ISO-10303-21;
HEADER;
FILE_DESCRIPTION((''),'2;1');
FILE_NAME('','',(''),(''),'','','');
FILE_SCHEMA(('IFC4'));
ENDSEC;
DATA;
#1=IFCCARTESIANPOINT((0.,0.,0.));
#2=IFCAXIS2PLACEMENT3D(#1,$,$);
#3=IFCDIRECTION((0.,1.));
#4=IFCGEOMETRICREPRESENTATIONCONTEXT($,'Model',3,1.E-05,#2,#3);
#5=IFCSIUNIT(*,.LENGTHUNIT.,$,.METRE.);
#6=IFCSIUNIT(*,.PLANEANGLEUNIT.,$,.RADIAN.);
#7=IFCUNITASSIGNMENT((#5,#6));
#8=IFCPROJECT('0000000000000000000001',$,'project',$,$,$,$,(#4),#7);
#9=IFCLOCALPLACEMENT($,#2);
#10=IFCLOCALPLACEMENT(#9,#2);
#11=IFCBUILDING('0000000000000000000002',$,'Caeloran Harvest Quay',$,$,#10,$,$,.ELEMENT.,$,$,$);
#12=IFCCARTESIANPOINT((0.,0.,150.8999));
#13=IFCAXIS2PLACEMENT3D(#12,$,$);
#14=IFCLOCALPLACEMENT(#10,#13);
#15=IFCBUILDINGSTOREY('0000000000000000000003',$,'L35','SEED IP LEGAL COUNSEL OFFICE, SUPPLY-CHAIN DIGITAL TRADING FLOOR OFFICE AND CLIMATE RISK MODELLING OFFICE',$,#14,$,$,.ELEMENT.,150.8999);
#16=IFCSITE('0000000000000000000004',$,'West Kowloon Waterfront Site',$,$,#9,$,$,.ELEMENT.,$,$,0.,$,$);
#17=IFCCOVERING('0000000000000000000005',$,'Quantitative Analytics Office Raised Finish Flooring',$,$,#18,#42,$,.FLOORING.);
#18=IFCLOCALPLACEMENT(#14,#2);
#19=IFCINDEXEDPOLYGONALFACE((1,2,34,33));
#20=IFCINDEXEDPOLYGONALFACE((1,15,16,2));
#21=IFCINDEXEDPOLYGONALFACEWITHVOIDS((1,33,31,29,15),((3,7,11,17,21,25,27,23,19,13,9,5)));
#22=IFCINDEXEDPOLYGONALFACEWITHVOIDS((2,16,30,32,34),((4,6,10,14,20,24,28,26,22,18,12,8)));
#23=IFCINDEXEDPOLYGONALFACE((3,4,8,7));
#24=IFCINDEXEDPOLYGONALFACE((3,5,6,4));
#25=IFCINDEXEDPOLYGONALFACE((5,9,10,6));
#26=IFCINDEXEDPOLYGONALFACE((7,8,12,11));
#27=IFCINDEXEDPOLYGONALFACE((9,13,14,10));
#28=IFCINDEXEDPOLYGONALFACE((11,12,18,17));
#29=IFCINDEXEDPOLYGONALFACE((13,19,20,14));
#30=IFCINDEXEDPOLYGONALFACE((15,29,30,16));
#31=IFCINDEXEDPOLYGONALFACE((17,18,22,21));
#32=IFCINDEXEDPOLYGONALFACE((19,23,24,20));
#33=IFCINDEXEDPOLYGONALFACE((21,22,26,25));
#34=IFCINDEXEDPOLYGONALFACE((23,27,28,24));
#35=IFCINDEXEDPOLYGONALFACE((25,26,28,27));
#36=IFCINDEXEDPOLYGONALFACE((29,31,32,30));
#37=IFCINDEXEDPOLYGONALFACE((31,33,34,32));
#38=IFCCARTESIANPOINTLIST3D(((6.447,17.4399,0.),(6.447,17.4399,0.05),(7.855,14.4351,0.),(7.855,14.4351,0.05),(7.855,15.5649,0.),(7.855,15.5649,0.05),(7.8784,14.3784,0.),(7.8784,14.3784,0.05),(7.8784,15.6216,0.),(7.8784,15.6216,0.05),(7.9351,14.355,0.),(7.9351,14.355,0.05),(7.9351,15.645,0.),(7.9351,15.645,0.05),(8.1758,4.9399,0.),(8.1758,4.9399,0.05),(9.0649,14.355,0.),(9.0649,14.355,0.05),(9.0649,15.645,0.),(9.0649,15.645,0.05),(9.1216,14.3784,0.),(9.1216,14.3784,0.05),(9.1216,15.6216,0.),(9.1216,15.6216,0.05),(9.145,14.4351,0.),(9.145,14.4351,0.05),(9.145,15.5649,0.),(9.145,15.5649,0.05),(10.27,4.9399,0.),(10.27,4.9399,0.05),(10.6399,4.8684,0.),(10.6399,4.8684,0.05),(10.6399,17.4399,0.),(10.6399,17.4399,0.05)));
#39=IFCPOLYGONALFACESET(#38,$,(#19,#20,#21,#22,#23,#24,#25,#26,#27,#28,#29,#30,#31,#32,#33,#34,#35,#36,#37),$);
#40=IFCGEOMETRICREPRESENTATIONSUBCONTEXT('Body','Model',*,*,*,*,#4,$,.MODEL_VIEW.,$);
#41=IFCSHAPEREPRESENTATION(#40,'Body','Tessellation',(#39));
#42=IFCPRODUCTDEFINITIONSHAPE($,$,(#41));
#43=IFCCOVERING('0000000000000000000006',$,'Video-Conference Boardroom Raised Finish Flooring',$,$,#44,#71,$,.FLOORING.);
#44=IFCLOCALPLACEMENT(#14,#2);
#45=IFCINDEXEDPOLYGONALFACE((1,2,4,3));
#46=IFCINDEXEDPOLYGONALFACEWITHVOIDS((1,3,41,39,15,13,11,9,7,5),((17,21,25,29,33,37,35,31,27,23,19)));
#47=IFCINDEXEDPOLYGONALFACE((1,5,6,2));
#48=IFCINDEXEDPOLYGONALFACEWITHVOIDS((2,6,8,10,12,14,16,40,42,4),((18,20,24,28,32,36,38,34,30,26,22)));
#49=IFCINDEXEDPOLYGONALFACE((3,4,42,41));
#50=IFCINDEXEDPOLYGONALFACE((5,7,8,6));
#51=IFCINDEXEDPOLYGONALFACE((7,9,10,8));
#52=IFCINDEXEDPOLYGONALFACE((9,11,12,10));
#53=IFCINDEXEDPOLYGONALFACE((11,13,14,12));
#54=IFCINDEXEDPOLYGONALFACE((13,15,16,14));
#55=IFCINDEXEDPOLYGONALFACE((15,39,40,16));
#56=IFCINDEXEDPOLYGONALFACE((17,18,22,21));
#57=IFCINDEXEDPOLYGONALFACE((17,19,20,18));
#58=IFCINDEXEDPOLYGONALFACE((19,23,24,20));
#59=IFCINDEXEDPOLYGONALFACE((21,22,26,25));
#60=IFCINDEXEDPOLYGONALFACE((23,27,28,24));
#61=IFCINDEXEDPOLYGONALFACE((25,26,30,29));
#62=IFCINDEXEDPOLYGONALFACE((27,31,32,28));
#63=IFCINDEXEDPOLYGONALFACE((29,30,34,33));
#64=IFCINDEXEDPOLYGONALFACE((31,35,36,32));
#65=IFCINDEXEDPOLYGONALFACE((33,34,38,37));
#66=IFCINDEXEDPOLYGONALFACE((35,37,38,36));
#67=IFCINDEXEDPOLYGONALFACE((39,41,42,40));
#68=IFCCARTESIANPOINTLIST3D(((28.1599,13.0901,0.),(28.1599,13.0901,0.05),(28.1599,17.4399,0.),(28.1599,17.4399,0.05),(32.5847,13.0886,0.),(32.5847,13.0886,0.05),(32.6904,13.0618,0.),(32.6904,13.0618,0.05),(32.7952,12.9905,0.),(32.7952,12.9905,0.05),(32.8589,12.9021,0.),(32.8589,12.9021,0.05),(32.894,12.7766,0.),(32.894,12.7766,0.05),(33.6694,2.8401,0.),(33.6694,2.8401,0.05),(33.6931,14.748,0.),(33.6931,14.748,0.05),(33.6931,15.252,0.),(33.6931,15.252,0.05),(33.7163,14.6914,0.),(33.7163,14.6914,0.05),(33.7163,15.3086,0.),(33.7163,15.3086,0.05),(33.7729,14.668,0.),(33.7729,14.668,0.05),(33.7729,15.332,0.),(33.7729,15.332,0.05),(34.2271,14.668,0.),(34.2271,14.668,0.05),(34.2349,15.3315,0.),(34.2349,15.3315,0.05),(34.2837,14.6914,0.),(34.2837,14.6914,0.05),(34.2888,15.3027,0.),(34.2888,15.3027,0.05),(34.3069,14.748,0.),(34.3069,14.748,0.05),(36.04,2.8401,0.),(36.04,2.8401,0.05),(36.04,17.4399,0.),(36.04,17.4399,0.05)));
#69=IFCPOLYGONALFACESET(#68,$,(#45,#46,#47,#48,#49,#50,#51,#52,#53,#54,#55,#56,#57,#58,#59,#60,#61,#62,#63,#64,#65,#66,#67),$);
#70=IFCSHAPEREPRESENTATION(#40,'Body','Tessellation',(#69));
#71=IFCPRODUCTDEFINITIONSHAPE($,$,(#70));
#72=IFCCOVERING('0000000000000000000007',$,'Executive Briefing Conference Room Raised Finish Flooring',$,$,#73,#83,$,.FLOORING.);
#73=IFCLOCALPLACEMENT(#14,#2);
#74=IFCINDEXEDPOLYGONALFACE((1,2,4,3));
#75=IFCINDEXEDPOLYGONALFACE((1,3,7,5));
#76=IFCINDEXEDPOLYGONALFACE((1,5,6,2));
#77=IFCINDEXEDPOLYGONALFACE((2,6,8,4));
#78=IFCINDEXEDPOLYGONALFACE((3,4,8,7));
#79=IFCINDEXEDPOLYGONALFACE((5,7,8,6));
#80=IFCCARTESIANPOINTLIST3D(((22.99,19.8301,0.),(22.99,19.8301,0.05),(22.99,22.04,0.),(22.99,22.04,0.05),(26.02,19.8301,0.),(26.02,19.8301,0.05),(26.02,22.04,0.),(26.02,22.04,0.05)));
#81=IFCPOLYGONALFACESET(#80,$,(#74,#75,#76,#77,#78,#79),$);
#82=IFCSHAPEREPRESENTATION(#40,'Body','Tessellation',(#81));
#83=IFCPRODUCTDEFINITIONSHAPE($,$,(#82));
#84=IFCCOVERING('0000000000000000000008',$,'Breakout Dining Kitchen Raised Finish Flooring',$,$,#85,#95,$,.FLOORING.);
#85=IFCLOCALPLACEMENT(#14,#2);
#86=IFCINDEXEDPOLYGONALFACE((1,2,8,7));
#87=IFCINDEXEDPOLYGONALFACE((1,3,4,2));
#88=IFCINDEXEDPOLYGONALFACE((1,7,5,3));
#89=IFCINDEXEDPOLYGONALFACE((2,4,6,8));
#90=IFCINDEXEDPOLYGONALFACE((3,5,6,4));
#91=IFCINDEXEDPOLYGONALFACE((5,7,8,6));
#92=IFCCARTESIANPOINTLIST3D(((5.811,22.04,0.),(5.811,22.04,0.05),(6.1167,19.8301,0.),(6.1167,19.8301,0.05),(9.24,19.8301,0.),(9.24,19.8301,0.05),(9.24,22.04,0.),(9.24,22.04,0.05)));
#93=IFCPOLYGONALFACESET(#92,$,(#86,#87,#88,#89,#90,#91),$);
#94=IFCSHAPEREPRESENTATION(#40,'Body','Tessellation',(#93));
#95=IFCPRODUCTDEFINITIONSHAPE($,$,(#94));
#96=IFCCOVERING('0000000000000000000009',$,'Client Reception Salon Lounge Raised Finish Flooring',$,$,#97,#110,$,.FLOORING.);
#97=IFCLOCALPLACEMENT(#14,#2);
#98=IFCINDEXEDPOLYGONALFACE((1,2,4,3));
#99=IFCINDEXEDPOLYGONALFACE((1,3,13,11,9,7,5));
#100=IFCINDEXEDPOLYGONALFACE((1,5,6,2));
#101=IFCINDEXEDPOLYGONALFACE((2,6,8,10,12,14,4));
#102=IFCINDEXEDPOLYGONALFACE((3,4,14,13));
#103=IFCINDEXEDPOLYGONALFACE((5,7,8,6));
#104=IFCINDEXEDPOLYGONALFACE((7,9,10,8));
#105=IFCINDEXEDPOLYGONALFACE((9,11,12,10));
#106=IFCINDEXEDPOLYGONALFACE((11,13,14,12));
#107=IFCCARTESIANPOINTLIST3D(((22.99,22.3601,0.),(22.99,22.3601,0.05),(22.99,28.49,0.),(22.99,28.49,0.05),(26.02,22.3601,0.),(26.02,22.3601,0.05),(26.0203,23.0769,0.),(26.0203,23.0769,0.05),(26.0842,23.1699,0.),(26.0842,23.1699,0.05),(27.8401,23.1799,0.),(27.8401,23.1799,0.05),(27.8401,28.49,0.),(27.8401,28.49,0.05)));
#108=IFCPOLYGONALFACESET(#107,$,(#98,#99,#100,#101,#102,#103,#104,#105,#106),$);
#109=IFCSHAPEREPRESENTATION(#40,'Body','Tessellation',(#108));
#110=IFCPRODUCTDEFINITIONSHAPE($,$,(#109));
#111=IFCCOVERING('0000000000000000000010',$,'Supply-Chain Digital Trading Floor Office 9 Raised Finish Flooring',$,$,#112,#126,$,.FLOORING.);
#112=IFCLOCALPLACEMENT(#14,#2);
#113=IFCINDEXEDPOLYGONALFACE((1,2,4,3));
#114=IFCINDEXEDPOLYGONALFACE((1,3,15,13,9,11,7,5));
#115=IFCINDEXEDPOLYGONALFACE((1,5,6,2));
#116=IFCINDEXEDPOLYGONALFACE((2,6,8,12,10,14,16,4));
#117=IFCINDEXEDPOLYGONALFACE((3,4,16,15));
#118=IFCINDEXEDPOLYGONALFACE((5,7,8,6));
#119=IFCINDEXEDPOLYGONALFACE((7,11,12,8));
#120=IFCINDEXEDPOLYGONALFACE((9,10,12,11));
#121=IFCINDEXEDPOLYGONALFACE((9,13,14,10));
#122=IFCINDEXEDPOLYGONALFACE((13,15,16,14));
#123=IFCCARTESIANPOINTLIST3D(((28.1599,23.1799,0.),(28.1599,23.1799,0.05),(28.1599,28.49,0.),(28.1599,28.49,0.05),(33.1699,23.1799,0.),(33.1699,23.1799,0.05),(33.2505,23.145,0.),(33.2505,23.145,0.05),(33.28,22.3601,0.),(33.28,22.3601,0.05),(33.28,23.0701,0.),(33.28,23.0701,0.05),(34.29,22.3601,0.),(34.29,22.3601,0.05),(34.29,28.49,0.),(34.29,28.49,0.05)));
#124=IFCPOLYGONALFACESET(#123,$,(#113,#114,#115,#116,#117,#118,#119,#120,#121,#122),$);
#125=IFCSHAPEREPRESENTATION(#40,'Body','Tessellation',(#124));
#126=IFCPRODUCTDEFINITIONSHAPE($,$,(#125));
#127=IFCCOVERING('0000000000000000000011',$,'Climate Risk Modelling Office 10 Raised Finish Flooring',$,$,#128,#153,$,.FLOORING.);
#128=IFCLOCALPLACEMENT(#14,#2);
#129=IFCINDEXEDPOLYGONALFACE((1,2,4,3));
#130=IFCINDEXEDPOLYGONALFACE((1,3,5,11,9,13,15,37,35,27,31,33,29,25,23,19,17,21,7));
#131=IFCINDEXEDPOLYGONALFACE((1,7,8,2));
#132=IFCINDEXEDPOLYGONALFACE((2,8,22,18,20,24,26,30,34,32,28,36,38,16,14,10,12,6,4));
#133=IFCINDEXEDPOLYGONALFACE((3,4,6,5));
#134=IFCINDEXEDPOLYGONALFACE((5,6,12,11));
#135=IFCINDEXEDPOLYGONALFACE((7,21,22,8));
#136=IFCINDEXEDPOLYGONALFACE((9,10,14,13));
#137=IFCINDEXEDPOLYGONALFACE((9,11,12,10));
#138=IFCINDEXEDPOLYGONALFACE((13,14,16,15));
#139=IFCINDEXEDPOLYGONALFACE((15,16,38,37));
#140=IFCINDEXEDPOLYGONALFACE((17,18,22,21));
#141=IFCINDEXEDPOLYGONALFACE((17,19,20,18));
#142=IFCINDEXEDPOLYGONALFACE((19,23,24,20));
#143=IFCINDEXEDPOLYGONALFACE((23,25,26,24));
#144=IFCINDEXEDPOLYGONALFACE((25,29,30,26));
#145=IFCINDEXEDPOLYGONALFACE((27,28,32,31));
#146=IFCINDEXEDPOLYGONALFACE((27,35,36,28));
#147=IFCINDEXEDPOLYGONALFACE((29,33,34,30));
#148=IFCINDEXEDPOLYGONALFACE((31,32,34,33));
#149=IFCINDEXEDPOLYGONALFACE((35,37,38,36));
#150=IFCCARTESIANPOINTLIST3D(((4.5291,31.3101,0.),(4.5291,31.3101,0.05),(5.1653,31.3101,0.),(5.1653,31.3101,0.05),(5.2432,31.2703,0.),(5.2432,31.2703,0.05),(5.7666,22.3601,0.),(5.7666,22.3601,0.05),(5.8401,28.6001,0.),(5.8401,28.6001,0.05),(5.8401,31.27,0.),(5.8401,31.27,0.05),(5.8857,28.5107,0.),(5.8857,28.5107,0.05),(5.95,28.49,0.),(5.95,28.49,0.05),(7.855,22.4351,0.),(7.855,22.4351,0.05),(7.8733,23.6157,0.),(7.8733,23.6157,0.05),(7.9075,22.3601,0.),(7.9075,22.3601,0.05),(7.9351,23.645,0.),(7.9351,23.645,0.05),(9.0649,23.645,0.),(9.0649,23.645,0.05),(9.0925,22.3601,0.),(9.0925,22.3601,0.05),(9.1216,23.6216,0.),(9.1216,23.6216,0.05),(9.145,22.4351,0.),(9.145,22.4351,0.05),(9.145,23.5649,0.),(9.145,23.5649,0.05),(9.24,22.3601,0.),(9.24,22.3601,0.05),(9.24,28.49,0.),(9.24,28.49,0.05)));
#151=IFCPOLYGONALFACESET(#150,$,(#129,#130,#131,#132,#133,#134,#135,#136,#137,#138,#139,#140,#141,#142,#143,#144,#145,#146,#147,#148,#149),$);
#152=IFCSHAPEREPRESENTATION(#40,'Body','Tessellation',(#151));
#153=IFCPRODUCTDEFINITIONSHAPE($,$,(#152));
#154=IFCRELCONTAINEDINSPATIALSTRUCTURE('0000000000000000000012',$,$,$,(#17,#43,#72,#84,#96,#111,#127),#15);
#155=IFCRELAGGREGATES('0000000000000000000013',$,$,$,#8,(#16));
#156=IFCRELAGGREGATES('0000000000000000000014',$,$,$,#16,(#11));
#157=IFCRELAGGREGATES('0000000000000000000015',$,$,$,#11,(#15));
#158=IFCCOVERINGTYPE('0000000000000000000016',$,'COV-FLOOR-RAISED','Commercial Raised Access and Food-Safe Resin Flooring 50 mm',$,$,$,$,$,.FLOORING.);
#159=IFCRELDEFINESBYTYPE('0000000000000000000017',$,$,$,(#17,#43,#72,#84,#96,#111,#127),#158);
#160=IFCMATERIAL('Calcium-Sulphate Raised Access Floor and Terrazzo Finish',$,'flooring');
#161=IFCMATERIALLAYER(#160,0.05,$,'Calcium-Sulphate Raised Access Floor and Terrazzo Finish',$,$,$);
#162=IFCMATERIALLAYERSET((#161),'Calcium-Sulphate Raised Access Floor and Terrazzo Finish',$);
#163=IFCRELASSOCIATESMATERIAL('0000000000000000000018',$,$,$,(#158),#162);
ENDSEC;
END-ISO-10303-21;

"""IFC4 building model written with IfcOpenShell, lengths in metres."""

from ifc_helpers import new_model, si_unit, direction, frame, origin, place, context, subcontext, project, spatial, polyline, outline, extrude, material, layer, layer_set, type_object, element, save


model = new_model("IFC4")

# Units and contexts
model_context = context("Model", 3, precision=1e-05, world=origin(), true_north=direction((0.0, 1.0)))
body_context = subcontext(model_context, "Body", "Model", "MODEL_VIEW")
ifc_project = project(units=[si_unit("LENGTHUNIT", "METRE"), si_unit("PLANEANGLEUNIT", "RADIAN")], contexts=[model_context])

# Site, building, storey
site_placement = place(None, origin())
site = spatial("IfcSite", under=ifc_project, at=site_placement, Name="West Kowloon Waterfront Site", CompositionType="ELEMENT", RefElevation=0.0)
building_placement = place(site_placement, origin())
building = spatial("IfcBuilding", under=site, at=building_placement, Name="Caeloran Harvest Quay", CompositionType="ELEMENT")
storey_placement = place(building_placement, frame((0.0, 0.0, 150.8999)))
storey = spatial("IfcBuildingStorey", under=building, at=storey_placement, Name="L35", Description="SEED IP LEGAL COUNSEL OFFICE, SUPPLY-CHAIN DIGITAL TRADING FLOOR OFFICE AND CLIMATE RISK MODELLING OFFICE", CompositionType="ELEMENT", Elevation=150.8999)

# Coverings
ifc_material_1 = material(Name="Calcium-Sulphate Raised Access Floor and Terrazzo Finish", Category="flooring")
ifc_layer_1 = layer(ifc_material_1, 0.05, Name="Calcium-Sulphate Raised Access Floor and Terrazzo Finish")
ifc_layer_set_1 = layer_set([ifc_layer_1], Name="Calcium-Sulphate Raised Access Floor and Terrazzo Finish")
covering_type_1 = type_object("IfcCoveringType", Name="COV-FLOOR-RAISED", Description="Commercial Raised Access and Food-Safe Resin Flooring 50 mm", PredefinedType="FLOORING", material=ifc_layer_set_1)
covering_1_placement = place(storey_placement, origin())
element("IfcCovering", 1, at=covering_1_placement, inside=storey, type_object=covering_type_1, Name="Quantitative Analytics Office Raised Finish Flooring", PredefinedType="FLOORING", context=body_context, shape_type="SweptSolid", body=[
    extrude(outline(polyline([(10.6399, 4.8684), (10.27, 4.9399), (8.1758, 4.9399), (6.447, 17.4399), (10.6399, 17.4399), (10.6399, 4.8684)]), holes=[polyline([(7.9351, 15.645), (7.8784, 15.6216), (7.855, 15.5649), (7.855, 14.4351), (7.8784, 14.3784), (7.9351, 14.355), (9.0649, 14.355), (9.1216, 14.3784), (9.145, 14.4351), (9.145, 15.5649), (9.1216, 15.6216), (9.0649, 15.645), (7.9351, 15.645)])]), origin(), (0.0, 0.0, 1.0), 0.05),
])
covering_2_placement = place(storey_placement, origin())
element("IfcCovering", 2, at=covering_2_placement, inside=storey, type_object=covering_type_1, Name="Video-Conference Boardroom Raised Finish Flooring", PredefinedType="FLOORING", context=body_context, shape_type="SweptSolid", body=[
    extrude(outline(polyline([(32.894, 12.7766), (32.8589, 12.9021), (32.7952, 12.9905), (32.6904, 13.0618), (32.5847, 13.0886), (28.1599, 13.0901), (28.1599, 17.4399), (36.04, 17.4399), (36.04, 2.8401), (33.6694, 2.8401), (32.894, 12.7766)]), holes=[polyline([(34.3069, 14.748), (34.2888, 15.3027), (34.2349, 15.3315), (33.7729, 15.332), (33.7163, 15.3086), (33.6931, 15.252), (33.6931, 14.748), (33.7163, 14.6914), (33.7729, 14.668), (34.2271, 14.668), (34.2837, 14.6914), (34.3069, 14.748)])]), origin(), (0.0, 0.0, 1.0), 0.05),
])
covering_3_placement = place(storey_placement, origin())
element("IfcCovering", 3, at=covering_3_placement, inside=storey, type_object=covering_type_1, Name="Executive Briefing Conference Room Raised Finish Flooring", PredefinedType="FLOORING", context=body_context, shape_type="SweptSolid", body=[
    extrude(outline(polyline([(26.02, 22.04), (26.02, 19.8301), (22.99, 19.8301), (22.99, 22.04), (26.02, 22.04)])), origin(), (0.0, 0.0, 1.0), 0.05),
])
covering_4_placement = place(storey_placement, origin())
element("IfcCovering", 4, at=covering_4_placement, inside=storey, type_object=covering_type_1, Name="Breakout Dining Kitchen Raised Finish Flooring", PredefinedType="FLOORING", context=body_context, shape_type="SweptSolid", body=[
    extrude(outline(polyline([(5.811, 22.04), (9.24, 22.04), (9.24, 19.8301), (6.1167, 19.8301), (5.811, 22.04)])), origin(), (0.0, 0.0, 1.0), 0.05),
])
covering_5_placement = place(storey_placement, origin())
element("IfcCovering", 5, at=covering_5_placement, inside=storey, type_object=covering_type_1, Name="Client Reception Salon Lounge Raised Finish Flooring", PredefinedType="FLOORING", context=body_context, shape_type="SweptSolid", body=[
    extrude(outline(polyline([(22.99, 28.49), (27.8401, 28.49), (27.8401, 23.1799), (26.0842, 23.1699), (26.0203, 23.0769), (26.02, 22.3601), (22.99, 22.3601), (22.99, 28.49)])), origin(), (0.0, 0.0, 1.0), 0.05),
])
covering_6_placement = place(storey_placement, origin())
element("IfcCovering", 6, at=covering_6_placement, inside=storey, type_object=covering_type_1, Name="Supply-Chain Digital Trading Floor Office 9 Raised Finish Flooring", PredefinedType="FLOORING", context=body_context, shape_type="SweptSolid", body=[
    extrude(outline(polyline([(33.28, 23.0701), (33.2505, 23.145), (33.1699, 23.1799), (28.1599, 23.1799), (28.1599, 28.49), (34.29, 28.49), (34.29, 22.3601), (33.28, 22.3601), (33.28, 23.0701)])), origin(), (0.0, 0.0, 1.0), 0.05),
])
covering_7_placement = place(storey_placement, origin())
element("IfcCovering", 7, at=covering_7_placement, inside=storey, type_object=covering_type_1, Name="Climate Risk Modelling Office 10 Raised Finish Flooring", PredefinedType="FLOORING", context=body_context, shape_type="SweptSolid", body=[
    extrude(outline(polyline([(5.1653, 31.3101), (5.2432, 31.2703), (5.8401, 31.27), (5.8401, 28.6001), (5.8857, 28.5107), (5.95, 28.49), (9.24, 28.49), (9.24, 22.3601), (9.0925, 22.3601), (9.145, 22.4351), (9.145, 23.5649), (9.1216, 23.6216), (9.0649, 23.645), (7.9351, 23.645), (7.8733, 23.6157), (7.855, 22.4351), (7.9075, 22.3601), (5.7666, 22.3601), (4.5291, 31.3101), (5.1653, 31.3101)])), origin(), (0.0, 0.0, 1.0), 0.05),
])

save(model, "model.ifc")
